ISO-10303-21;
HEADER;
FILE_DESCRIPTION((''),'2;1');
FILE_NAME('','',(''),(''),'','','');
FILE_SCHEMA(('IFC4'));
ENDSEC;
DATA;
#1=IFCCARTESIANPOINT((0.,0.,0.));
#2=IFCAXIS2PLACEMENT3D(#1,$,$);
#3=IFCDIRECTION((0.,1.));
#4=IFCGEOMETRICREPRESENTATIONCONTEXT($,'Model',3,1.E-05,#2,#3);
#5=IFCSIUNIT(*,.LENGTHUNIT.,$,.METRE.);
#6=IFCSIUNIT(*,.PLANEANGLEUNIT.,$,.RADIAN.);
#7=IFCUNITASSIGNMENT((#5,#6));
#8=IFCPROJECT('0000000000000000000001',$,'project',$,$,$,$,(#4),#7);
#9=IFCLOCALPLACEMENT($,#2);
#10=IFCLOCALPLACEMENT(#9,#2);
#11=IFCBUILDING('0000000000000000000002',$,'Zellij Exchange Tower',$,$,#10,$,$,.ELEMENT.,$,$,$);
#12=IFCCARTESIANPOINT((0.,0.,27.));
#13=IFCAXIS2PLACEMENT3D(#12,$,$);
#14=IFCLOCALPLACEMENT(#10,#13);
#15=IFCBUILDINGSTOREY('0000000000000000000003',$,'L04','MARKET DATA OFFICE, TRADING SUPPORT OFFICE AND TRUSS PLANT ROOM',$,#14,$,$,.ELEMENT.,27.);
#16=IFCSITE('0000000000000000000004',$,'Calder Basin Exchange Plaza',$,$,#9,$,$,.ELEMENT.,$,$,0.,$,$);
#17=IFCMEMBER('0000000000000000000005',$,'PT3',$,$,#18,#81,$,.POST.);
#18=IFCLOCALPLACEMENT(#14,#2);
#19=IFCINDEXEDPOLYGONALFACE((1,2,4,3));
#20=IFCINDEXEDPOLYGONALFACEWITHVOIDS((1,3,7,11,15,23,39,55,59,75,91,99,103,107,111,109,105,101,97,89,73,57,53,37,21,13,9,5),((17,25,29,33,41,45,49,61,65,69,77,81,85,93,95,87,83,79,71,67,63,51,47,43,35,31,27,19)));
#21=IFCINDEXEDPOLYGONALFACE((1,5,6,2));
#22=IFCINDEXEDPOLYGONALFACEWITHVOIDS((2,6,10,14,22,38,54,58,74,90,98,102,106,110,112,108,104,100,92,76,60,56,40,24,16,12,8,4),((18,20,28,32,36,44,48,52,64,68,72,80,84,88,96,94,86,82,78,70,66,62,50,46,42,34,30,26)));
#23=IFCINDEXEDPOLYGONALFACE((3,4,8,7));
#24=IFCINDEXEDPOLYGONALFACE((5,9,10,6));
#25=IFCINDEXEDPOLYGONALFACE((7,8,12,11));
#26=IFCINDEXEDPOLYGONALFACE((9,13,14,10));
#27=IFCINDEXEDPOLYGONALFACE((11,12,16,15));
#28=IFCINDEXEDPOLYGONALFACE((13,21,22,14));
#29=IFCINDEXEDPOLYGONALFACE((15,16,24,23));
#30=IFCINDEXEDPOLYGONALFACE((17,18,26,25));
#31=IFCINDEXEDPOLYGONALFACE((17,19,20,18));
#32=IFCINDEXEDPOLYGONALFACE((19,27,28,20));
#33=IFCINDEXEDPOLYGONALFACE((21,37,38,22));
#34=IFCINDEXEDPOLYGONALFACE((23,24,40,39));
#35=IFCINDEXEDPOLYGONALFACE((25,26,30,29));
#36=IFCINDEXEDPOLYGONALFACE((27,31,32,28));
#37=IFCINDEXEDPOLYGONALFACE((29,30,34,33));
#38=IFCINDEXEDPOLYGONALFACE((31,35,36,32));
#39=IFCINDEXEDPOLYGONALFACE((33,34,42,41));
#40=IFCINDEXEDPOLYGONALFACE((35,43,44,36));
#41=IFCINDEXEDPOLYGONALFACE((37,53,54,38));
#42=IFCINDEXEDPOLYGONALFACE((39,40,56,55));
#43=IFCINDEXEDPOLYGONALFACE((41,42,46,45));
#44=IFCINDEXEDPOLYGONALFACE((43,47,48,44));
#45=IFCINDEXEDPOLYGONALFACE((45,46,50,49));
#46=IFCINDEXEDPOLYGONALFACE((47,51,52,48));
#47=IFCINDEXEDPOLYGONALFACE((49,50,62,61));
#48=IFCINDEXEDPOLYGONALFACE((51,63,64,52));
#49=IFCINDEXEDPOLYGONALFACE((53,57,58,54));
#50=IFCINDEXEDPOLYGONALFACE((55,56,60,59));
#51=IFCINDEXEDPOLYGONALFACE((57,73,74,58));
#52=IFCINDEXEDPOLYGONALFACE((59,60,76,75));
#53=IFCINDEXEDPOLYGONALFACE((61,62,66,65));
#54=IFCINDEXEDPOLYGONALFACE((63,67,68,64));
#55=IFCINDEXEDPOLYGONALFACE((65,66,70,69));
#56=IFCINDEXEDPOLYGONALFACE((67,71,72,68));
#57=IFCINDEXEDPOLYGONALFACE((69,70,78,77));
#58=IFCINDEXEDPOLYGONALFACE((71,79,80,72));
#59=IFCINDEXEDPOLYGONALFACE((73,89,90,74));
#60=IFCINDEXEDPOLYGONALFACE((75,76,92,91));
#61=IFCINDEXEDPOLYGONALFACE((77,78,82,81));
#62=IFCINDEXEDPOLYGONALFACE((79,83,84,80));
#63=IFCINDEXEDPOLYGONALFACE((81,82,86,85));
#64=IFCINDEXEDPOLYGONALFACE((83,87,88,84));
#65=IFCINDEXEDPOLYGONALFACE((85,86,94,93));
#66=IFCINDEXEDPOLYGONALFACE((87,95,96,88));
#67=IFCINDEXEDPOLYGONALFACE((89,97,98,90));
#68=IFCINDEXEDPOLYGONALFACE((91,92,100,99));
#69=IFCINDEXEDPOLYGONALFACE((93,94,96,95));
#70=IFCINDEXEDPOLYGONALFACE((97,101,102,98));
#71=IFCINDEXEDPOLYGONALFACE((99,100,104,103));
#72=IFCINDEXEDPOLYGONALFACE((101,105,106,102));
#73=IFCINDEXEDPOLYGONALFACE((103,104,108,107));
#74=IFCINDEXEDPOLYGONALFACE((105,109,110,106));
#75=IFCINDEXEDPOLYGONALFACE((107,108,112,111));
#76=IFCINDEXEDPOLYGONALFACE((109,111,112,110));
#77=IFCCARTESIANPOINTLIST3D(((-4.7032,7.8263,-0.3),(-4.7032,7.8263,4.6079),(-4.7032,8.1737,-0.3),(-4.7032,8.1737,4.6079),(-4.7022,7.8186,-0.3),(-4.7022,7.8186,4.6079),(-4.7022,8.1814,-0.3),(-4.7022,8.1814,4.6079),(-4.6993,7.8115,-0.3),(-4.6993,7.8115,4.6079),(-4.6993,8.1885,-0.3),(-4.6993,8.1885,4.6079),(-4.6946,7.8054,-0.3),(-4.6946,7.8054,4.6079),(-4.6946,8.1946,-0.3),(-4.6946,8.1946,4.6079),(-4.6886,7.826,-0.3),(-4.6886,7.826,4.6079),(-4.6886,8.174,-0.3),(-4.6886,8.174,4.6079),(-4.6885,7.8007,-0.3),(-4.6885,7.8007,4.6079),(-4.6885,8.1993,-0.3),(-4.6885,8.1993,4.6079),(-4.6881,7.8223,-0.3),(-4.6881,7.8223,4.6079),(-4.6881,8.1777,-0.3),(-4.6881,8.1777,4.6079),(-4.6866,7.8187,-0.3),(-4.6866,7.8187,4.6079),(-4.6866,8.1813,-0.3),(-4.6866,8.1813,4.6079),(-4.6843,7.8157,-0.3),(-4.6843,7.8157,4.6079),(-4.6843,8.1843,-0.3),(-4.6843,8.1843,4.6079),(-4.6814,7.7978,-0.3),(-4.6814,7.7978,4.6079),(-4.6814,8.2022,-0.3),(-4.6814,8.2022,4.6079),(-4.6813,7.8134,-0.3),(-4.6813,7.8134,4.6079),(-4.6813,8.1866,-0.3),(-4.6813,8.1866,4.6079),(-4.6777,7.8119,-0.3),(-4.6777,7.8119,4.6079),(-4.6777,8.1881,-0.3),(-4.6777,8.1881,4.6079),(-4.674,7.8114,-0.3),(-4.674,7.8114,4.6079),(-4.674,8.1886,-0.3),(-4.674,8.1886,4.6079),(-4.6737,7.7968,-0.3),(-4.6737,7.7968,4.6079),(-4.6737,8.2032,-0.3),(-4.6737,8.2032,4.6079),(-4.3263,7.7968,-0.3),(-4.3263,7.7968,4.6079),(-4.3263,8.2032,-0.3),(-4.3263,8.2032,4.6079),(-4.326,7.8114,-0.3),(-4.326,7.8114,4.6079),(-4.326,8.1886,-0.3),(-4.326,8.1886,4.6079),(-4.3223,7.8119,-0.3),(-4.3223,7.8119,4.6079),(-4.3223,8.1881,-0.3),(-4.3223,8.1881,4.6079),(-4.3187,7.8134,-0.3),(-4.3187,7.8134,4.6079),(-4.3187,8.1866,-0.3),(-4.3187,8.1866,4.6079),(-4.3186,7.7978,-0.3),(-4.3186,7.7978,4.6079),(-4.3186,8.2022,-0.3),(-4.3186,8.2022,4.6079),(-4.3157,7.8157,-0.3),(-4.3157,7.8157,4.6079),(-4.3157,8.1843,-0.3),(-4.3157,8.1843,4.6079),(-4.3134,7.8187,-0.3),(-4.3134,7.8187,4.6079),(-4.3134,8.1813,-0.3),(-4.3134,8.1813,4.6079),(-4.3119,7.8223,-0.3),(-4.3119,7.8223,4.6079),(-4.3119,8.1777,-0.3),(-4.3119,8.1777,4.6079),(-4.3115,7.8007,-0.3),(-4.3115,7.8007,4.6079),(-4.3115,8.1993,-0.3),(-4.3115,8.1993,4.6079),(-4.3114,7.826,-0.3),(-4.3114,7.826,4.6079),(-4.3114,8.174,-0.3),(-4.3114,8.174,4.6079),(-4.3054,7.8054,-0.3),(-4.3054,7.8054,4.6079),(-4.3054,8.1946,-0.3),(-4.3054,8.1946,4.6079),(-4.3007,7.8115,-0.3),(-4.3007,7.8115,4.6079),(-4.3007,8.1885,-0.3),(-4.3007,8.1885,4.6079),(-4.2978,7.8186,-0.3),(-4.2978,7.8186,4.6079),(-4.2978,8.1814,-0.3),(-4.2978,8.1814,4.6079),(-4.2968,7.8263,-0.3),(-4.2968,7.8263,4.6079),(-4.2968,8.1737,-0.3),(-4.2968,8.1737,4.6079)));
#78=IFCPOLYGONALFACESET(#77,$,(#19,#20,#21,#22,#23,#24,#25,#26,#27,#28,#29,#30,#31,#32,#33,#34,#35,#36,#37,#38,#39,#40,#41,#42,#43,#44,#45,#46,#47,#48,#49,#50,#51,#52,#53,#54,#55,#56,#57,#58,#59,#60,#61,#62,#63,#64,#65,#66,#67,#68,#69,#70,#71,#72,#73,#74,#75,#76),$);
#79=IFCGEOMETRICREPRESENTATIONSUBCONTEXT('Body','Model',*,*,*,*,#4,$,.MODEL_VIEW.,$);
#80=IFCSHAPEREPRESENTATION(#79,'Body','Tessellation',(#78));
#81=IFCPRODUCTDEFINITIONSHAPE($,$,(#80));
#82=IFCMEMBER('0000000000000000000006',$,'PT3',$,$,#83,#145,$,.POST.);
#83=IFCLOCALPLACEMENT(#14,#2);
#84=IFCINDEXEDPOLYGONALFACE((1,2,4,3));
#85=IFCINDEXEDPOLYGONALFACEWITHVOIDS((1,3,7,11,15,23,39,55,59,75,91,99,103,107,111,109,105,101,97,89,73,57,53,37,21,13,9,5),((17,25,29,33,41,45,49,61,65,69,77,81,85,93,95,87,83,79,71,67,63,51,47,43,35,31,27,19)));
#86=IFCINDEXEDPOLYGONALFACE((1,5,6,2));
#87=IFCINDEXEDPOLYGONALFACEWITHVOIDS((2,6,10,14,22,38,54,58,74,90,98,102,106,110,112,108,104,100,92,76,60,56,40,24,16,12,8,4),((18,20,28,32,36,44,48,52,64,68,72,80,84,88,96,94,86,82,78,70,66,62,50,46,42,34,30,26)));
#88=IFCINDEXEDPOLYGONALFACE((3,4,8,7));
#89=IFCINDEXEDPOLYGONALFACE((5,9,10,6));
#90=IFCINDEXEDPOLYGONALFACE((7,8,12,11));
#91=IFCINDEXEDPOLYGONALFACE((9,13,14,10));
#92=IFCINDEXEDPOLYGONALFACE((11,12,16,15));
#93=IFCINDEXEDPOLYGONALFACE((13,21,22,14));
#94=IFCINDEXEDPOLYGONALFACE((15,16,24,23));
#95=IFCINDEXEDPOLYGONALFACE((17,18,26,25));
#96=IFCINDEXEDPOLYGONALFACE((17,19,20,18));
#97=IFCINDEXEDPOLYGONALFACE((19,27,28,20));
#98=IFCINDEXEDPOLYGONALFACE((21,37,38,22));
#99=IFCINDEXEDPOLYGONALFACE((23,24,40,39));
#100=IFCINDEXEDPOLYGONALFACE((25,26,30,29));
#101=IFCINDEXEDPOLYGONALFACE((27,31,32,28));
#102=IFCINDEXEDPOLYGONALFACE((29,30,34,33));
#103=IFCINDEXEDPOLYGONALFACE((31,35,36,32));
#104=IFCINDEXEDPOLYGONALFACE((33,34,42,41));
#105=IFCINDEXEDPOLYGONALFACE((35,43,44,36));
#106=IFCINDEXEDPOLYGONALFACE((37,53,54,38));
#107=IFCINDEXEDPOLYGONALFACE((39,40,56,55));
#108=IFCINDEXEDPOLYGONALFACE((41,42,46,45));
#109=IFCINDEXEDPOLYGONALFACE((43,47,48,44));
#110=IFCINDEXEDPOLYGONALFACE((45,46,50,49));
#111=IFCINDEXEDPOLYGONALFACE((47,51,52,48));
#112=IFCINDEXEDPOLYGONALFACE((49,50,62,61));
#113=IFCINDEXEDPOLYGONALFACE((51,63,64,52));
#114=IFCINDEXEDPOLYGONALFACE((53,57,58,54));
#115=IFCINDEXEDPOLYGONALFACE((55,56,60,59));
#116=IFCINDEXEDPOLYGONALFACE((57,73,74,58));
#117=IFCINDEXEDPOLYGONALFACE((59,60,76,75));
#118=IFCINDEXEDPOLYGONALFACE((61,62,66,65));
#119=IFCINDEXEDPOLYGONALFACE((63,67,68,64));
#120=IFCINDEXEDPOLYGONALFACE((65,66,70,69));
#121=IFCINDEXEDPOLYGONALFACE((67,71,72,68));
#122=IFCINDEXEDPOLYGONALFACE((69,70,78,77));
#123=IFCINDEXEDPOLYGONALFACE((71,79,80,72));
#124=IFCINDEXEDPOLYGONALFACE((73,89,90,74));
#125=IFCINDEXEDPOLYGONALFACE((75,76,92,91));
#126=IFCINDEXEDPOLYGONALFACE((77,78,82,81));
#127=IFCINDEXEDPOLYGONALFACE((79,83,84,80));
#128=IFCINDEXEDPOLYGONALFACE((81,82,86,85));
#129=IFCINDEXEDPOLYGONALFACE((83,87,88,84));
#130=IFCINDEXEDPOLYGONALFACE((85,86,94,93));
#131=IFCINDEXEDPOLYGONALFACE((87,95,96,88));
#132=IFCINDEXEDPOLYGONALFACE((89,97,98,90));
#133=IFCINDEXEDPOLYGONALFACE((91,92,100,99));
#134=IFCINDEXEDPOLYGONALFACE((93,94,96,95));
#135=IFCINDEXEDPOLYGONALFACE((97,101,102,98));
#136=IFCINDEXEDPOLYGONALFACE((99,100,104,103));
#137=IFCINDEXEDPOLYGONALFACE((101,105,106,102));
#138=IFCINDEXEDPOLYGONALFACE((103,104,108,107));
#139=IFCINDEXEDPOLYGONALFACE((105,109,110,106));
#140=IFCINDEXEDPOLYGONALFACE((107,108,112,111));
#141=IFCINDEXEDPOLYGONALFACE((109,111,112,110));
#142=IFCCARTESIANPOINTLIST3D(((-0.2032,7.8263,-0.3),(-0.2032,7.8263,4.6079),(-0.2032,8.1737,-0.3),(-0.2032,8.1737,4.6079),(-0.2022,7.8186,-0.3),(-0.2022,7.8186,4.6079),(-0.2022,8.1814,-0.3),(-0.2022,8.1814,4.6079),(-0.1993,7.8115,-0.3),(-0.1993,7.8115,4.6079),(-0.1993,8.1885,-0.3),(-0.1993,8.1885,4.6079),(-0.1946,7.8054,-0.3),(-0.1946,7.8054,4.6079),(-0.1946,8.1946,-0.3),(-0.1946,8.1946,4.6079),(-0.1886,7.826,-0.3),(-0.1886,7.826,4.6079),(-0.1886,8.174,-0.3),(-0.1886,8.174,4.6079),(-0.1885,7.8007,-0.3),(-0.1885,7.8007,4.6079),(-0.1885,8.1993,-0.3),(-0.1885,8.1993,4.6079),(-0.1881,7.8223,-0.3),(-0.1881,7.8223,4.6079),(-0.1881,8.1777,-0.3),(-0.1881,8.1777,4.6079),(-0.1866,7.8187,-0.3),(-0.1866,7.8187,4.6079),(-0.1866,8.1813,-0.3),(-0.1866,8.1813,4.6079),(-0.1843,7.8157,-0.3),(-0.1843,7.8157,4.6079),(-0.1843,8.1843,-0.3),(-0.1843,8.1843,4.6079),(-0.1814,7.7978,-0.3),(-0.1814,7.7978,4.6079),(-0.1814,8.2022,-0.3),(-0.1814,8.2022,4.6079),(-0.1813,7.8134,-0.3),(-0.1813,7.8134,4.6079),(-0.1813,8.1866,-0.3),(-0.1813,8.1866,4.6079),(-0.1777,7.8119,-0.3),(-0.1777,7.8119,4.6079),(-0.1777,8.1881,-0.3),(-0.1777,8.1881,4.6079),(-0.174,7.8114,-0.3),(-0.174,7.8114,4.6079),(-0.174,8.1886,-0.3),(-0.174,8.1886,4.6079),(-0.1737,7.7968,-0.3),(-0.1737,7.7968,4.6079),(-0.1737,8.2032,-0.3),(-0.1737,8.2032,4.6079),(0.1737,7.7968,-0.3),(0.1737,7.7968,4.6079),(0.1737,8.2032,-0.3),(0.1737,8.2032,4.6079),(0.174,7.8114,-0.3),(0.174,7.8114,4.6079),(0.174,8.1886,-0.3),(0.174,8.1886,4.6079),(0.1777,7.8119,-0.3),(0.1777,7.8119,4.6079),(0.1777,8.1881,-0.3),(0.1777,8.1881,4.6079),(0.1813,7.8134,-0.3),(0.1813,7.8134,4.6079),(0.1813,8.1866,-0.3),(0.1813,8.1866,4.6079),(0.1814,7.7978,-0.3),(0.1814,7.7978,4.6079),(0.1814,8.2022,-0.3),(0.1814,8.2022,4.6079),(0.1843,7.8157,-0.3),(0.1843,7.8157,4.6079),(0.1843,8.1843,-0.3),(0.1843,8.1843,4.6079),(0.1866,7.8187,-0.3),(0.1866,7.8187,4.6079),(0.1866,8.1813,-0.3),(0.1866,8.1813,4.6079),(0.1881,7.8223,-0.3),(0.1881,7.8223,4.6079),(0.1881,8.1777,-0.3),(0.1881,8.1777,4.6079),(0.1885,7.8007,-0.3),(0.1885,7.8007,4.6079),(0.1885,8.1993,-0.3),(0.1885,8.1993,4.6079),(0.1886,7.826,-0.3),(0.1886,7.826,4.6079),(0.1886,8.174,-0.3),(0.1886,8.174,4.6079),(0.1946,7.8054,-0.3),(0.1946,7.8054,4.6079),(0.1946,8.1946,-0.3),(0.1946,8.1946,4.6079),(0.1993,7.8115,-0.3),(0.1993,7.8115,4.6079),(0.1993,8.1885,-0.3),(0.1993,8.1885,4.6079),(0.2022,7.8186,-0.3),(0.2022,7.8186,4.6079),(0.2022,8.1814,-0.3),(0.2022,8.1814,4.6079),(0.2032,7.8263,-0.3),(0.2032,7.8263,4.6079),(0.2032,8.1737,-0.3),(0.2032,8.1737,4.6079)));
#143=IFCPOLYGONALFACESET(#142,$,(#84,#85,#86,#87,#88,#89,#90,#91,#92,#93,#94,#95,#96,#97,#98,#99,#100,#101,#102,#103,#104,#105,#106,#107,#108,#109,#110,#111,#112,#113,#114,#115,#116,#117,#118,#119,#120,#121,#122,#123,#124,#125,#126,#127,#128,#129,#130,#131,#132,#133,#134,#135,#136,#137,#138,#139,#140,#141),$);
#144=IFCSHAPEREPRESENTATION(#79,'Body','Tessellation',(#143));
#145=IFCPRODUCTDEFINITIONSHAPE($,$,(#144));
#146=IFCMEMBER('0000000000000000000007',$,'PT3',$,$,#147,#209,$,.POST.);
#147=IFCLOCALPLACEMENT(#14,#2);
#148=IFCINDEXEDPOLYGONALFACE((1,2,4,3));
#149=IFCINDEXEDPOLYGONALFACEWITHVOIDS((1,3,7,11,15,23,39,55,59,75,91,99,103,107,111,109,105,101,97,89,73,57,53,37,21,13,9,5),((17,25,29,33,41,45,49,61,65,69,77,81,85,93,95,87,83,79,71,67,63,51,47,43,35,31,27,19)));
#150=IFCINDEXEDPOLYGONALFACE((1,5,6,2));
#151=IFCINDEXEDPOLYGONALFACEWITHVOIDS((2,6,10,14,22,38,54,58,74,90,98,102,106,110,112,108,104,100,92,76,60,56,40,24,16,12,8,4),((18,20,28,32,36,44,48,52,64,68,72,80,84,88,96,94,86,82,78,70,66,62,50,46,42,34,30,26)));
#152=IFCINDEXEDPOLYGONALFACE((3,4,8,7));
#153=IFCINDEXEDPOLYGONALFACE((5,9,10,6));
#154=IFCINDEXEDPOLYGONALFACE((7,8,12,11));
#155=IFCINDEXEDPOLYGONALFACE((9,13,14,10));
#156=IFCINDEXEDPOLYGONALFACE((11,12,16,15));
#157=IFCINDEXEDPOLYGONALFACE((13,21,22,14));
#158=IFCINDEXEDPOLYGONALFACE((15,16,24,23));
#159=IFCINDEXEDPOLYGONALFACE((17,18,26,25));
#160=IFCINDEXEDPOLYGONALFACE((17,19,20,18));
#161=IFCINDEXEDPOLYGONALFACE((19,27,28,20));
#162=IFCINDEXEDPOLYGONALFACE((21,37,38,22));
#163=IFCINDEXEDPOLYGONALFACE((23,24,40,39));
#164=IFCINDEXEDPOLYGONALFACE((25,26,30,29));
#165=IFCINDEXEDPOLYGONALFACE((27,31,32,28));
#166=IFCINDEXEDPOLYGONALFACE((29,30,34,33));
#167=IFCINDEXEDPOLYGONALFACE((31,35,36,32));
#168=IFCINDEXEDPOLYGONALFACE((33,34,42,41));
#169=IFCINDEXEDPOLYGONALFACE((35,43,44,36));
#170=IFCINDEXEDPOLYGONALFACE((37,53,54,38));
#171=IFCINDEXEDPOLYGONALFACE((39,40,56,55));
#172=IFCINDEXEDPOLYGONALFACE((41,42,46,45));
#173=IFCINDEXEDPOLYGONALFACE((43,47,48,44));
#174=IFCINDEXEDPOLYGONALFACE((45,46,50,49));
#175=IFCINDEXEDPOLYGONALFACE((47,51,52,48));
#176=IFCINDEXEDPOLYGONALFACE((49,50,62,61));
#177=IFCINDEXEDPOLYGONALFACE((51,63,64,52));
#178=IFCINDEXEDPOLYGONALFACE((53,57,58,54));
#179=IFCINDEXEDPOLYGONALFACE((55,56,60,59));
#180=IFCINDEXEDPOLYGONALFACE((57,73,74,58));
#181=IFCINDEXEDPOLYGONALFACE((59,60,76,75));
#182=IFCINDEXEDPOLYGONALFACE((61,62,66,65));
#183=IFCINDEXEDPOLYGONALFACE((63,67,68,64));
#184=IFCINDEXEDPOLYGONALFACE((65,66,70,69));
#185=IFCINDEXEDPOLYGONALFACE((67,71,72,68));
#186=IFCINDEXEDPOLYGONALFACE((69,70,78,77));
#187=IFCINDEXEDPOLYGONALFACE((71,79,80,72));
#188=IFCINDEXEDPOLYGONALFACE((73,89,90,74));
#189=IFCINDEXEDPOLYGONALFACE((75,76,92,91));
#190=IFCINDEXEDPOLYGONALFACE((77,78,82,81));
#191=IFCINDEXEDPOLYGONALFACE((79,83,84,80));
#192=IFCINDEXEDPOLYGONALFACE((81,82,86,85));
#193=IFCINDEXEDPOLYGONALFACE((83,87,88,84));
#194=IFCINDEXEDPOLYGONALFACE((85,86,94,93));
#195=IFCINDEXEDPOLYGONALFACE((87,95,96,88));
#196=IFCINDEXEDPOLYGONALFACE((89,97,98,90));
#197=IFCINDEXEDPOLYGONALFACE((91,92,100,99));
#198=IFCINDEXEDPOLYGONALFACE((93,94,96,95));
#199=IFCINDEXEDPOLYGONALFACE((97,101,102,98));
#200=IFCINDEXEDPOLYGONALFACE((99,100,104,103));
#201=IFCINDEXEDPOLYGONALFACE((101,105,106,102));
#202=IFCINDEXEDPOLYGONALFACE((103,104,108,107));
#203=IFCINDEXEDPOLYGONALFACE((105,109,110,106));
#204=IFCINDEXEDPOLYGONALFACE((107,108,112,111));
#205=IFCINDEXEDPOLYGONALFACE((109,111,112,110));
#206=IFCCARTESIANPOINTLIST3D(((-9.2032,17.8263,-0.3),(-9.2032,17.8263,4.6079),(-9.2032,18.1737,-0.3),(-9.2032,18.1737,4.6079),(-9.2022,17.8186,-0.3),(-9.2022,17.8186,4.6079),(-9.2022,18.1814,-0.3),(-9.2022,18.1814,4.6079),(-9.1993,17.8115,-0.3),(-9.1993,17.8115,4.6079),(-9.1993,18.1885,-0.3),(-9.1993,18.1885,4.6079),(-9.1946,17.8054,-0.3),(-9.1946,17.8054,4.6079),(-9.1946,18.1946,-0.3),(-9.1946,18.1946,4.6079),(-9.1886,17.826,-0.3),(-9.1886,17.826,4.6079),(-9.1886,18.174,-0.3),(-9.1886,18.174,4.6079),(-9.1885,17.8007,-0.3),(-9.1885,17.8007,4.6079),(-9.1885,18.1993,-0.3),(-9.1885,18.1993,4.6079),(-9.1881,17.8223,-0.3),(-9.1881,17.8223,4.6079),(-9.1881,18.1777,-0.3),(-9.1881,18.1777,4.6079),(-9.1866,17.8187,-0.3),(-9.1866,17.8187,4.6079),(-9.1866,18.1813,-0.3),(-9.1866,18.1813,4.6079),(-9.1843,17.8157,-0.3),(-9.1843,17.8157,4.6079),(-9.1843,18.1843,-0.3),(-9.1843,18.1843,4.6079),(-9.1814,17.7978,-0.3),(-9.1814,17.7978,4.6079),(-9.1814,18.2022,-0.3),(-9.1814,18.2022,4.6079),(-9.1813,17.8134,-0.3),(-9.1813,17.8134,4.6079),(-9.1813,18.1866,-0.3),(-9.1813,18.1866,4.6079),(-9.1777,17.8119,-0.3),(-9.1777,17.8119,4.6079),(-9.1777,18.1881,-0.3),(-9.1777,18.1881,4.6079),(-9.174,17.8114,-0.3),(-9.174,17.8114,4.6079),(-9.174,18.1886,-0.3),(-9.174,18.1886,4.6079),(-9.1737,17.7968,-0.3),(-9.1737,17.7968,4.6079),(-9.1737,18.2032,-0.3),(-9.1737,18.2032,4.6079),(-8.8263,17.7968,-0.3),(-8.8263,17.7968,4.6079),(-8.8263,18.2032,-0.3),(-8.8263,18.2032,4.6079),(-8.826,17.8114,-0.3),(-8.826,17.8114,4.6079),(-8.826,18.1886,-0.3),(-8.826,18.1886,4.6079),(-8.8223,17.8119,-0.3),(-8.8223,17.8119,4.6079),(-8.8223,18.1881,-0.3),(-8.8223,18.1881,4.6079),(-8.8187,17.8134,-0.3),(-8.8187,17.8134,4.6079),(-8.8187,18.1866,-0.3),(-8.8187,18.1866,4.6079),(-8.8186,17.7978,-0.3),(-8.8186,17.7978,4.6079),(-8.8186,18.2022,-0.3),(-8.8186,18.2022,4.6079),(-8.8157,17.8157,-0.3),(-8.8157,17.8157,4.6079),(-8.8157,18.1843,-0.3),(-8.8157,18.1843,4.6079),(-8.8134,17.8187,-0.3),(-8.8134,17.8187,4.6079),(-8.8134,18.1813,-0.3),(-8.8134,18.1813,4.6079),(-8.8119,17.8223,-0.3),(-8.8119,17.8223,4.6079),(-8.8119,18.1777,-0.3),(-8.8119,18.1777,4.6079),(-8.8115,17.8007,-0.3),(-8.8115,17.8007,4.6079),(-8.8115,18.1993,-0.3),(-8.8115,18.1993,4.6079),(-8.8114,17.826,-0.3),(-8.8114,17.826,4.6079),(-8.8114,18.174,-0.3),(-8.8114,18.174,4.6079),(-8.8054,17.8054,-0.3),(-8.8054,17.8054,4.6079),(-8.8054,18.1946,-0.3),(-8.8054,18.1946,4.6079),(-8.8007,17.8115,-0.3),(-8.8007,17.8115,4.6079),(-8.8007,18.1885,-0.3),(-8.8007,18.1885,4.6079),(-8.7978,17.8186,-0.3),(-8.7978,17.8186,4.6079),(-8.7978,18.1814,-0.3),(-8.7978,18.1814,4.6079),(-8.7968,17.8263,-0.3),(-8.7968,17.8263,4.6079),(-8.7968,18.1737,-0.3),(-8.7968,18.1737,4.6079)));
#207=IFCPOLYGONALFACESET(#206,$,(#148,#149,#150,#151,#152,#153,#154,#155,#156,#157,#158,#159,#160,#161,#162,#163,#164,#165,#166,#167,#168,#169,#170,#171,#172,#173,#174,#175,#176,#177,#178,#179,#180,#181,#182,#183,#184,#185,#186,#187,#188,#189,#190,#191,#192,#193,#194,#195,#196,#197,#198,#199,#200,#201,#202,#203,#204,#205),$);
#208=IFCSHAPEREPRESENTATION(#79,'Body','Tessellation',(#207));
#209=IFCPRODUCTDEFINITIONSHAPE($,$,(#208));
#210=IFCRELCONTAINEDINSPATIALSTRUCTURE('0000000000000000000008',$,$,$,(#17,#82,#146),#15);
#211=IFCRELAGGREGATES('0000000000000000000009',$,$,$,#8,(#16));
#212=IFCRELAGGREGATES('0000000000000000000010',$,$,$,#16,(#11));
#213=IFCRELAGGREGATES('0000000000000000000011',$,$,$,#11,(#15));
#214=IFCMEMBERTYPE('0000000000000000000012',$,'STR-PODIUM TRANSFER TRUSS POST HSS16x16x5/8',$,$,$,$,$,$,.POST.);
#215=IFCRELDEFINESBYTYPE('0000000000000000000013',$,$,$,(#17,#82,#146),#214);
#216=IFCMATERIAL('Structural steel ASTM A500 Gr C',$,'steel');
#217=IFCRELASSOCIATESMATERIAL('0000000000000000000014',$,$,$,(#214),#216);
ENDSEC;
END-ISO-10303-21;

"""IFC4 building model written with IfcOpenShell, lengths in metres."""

from ifc_helpers import new_model, si_unit, direction, frame, origin, origin_2d, place, context, subcontext, project, spatial, hollow_rectangle, extrude, material, material_profile, profile_set, type_object, element, save


model = new_model("IFC4")

# Units and contexts
model_context = context("Model", 3, precision=1e-05, world=origin(), true_north=direction((0.0, 1.0)))
body_context = subcontext(model_context, "Body", "Model", "MODEL_VIEW")
ifc_project = project(units=[si_unit("LENGTHUNIT", "METRE"), si_unit("PLANEANGLEUNIT", "RADIAN")], contexts=[model_context])

# Site, building, storey
site_placement = place(None, origin())
site = spatial("IfcSite", under=ifc_project, at=site_placement, Name="Calder Basin Exchange Plaza", CompositionType="ELEMENT", RefElevation=0.0)
building_placement = place(site_placement, origin())
building = spatial("IfcBuilding", under=site, at=building_placement, Name="Zellij Exchange Tower", CompositionType="ELEMENT")
storey_placement = place(building_placement, frame((0.0, 0.0, 27.0)))
storey = spatial("IfcBuildingStorey", under=building, at=storey_placement, Name="L04", Description="MARKET DATA OFFICE, TRADING SUPPORT OFFICE AND TRUSS PLANT ROOM", CompositionType="ELEMENT", Elevation=27.0)

# Members
ifc_material_1 = material(Name="Structural steel ASTM A500 Gr C", Category="steel")
ifc_material_profile_1 = material_profile(ifc_material_1, hollow_rectangle(XDim=0.4065, YDim=0.4065, WallThickness=0.0146, InnerFilletRadius=0.0146, OuterFilletRadius=0.0295, at=origin_2d()), Name="STR-PODIUM TRANSFER TRUSS POST HSS16x16x5/8")
ifc_profile_set_1 = profile_set([ifc_material_profile_1], Name="Structural steel ASTM A500 Gr C")
member_type_1 = type_object("IfcMemberType", Name="STR-PODIUM TRANSFER TRUSS POST HSS16x16x5/8", PredefinedType="POST", material=ifc_profile_set_1)
for number, where, z_axis, x_axis, name in (
    (1, (-4.5, 8.0, -0.3), (0.0, 0.0, 1.0), (1.0, 0.0, 0.0), "PT3"),
    (2, (0.0, 8.0, -0.3), (0.0, 0.0, 1.0), (1.0, 0.0, 0.0), "PT3"),
    (3, (-9.0, 18.0, -0.3), (0.0, 0.0, 1.0), (1.0, 0.0, 0.0), "PT3"),
):
    element("IfcMember", number, at=place(storey_placement, frame(where, z_axis=z_axis, x_axis=x_axis)), inside=storey, type_object=member_type_1, Name=name, PredefinedType="POST", context=body_context, shape_type="SweptSolid", body=[
        extrude(hollow_rectangle(XDim=0.4065, YDim=0.4065, WallThickness=0.0146, InnerFilletRadius=0.0146, OuterFilletRadius=0.0295, at=origin_2d()), origin(), (0.0, 0.0, 1.0), 4.908),
    ])

save(model, "model.ifc")
